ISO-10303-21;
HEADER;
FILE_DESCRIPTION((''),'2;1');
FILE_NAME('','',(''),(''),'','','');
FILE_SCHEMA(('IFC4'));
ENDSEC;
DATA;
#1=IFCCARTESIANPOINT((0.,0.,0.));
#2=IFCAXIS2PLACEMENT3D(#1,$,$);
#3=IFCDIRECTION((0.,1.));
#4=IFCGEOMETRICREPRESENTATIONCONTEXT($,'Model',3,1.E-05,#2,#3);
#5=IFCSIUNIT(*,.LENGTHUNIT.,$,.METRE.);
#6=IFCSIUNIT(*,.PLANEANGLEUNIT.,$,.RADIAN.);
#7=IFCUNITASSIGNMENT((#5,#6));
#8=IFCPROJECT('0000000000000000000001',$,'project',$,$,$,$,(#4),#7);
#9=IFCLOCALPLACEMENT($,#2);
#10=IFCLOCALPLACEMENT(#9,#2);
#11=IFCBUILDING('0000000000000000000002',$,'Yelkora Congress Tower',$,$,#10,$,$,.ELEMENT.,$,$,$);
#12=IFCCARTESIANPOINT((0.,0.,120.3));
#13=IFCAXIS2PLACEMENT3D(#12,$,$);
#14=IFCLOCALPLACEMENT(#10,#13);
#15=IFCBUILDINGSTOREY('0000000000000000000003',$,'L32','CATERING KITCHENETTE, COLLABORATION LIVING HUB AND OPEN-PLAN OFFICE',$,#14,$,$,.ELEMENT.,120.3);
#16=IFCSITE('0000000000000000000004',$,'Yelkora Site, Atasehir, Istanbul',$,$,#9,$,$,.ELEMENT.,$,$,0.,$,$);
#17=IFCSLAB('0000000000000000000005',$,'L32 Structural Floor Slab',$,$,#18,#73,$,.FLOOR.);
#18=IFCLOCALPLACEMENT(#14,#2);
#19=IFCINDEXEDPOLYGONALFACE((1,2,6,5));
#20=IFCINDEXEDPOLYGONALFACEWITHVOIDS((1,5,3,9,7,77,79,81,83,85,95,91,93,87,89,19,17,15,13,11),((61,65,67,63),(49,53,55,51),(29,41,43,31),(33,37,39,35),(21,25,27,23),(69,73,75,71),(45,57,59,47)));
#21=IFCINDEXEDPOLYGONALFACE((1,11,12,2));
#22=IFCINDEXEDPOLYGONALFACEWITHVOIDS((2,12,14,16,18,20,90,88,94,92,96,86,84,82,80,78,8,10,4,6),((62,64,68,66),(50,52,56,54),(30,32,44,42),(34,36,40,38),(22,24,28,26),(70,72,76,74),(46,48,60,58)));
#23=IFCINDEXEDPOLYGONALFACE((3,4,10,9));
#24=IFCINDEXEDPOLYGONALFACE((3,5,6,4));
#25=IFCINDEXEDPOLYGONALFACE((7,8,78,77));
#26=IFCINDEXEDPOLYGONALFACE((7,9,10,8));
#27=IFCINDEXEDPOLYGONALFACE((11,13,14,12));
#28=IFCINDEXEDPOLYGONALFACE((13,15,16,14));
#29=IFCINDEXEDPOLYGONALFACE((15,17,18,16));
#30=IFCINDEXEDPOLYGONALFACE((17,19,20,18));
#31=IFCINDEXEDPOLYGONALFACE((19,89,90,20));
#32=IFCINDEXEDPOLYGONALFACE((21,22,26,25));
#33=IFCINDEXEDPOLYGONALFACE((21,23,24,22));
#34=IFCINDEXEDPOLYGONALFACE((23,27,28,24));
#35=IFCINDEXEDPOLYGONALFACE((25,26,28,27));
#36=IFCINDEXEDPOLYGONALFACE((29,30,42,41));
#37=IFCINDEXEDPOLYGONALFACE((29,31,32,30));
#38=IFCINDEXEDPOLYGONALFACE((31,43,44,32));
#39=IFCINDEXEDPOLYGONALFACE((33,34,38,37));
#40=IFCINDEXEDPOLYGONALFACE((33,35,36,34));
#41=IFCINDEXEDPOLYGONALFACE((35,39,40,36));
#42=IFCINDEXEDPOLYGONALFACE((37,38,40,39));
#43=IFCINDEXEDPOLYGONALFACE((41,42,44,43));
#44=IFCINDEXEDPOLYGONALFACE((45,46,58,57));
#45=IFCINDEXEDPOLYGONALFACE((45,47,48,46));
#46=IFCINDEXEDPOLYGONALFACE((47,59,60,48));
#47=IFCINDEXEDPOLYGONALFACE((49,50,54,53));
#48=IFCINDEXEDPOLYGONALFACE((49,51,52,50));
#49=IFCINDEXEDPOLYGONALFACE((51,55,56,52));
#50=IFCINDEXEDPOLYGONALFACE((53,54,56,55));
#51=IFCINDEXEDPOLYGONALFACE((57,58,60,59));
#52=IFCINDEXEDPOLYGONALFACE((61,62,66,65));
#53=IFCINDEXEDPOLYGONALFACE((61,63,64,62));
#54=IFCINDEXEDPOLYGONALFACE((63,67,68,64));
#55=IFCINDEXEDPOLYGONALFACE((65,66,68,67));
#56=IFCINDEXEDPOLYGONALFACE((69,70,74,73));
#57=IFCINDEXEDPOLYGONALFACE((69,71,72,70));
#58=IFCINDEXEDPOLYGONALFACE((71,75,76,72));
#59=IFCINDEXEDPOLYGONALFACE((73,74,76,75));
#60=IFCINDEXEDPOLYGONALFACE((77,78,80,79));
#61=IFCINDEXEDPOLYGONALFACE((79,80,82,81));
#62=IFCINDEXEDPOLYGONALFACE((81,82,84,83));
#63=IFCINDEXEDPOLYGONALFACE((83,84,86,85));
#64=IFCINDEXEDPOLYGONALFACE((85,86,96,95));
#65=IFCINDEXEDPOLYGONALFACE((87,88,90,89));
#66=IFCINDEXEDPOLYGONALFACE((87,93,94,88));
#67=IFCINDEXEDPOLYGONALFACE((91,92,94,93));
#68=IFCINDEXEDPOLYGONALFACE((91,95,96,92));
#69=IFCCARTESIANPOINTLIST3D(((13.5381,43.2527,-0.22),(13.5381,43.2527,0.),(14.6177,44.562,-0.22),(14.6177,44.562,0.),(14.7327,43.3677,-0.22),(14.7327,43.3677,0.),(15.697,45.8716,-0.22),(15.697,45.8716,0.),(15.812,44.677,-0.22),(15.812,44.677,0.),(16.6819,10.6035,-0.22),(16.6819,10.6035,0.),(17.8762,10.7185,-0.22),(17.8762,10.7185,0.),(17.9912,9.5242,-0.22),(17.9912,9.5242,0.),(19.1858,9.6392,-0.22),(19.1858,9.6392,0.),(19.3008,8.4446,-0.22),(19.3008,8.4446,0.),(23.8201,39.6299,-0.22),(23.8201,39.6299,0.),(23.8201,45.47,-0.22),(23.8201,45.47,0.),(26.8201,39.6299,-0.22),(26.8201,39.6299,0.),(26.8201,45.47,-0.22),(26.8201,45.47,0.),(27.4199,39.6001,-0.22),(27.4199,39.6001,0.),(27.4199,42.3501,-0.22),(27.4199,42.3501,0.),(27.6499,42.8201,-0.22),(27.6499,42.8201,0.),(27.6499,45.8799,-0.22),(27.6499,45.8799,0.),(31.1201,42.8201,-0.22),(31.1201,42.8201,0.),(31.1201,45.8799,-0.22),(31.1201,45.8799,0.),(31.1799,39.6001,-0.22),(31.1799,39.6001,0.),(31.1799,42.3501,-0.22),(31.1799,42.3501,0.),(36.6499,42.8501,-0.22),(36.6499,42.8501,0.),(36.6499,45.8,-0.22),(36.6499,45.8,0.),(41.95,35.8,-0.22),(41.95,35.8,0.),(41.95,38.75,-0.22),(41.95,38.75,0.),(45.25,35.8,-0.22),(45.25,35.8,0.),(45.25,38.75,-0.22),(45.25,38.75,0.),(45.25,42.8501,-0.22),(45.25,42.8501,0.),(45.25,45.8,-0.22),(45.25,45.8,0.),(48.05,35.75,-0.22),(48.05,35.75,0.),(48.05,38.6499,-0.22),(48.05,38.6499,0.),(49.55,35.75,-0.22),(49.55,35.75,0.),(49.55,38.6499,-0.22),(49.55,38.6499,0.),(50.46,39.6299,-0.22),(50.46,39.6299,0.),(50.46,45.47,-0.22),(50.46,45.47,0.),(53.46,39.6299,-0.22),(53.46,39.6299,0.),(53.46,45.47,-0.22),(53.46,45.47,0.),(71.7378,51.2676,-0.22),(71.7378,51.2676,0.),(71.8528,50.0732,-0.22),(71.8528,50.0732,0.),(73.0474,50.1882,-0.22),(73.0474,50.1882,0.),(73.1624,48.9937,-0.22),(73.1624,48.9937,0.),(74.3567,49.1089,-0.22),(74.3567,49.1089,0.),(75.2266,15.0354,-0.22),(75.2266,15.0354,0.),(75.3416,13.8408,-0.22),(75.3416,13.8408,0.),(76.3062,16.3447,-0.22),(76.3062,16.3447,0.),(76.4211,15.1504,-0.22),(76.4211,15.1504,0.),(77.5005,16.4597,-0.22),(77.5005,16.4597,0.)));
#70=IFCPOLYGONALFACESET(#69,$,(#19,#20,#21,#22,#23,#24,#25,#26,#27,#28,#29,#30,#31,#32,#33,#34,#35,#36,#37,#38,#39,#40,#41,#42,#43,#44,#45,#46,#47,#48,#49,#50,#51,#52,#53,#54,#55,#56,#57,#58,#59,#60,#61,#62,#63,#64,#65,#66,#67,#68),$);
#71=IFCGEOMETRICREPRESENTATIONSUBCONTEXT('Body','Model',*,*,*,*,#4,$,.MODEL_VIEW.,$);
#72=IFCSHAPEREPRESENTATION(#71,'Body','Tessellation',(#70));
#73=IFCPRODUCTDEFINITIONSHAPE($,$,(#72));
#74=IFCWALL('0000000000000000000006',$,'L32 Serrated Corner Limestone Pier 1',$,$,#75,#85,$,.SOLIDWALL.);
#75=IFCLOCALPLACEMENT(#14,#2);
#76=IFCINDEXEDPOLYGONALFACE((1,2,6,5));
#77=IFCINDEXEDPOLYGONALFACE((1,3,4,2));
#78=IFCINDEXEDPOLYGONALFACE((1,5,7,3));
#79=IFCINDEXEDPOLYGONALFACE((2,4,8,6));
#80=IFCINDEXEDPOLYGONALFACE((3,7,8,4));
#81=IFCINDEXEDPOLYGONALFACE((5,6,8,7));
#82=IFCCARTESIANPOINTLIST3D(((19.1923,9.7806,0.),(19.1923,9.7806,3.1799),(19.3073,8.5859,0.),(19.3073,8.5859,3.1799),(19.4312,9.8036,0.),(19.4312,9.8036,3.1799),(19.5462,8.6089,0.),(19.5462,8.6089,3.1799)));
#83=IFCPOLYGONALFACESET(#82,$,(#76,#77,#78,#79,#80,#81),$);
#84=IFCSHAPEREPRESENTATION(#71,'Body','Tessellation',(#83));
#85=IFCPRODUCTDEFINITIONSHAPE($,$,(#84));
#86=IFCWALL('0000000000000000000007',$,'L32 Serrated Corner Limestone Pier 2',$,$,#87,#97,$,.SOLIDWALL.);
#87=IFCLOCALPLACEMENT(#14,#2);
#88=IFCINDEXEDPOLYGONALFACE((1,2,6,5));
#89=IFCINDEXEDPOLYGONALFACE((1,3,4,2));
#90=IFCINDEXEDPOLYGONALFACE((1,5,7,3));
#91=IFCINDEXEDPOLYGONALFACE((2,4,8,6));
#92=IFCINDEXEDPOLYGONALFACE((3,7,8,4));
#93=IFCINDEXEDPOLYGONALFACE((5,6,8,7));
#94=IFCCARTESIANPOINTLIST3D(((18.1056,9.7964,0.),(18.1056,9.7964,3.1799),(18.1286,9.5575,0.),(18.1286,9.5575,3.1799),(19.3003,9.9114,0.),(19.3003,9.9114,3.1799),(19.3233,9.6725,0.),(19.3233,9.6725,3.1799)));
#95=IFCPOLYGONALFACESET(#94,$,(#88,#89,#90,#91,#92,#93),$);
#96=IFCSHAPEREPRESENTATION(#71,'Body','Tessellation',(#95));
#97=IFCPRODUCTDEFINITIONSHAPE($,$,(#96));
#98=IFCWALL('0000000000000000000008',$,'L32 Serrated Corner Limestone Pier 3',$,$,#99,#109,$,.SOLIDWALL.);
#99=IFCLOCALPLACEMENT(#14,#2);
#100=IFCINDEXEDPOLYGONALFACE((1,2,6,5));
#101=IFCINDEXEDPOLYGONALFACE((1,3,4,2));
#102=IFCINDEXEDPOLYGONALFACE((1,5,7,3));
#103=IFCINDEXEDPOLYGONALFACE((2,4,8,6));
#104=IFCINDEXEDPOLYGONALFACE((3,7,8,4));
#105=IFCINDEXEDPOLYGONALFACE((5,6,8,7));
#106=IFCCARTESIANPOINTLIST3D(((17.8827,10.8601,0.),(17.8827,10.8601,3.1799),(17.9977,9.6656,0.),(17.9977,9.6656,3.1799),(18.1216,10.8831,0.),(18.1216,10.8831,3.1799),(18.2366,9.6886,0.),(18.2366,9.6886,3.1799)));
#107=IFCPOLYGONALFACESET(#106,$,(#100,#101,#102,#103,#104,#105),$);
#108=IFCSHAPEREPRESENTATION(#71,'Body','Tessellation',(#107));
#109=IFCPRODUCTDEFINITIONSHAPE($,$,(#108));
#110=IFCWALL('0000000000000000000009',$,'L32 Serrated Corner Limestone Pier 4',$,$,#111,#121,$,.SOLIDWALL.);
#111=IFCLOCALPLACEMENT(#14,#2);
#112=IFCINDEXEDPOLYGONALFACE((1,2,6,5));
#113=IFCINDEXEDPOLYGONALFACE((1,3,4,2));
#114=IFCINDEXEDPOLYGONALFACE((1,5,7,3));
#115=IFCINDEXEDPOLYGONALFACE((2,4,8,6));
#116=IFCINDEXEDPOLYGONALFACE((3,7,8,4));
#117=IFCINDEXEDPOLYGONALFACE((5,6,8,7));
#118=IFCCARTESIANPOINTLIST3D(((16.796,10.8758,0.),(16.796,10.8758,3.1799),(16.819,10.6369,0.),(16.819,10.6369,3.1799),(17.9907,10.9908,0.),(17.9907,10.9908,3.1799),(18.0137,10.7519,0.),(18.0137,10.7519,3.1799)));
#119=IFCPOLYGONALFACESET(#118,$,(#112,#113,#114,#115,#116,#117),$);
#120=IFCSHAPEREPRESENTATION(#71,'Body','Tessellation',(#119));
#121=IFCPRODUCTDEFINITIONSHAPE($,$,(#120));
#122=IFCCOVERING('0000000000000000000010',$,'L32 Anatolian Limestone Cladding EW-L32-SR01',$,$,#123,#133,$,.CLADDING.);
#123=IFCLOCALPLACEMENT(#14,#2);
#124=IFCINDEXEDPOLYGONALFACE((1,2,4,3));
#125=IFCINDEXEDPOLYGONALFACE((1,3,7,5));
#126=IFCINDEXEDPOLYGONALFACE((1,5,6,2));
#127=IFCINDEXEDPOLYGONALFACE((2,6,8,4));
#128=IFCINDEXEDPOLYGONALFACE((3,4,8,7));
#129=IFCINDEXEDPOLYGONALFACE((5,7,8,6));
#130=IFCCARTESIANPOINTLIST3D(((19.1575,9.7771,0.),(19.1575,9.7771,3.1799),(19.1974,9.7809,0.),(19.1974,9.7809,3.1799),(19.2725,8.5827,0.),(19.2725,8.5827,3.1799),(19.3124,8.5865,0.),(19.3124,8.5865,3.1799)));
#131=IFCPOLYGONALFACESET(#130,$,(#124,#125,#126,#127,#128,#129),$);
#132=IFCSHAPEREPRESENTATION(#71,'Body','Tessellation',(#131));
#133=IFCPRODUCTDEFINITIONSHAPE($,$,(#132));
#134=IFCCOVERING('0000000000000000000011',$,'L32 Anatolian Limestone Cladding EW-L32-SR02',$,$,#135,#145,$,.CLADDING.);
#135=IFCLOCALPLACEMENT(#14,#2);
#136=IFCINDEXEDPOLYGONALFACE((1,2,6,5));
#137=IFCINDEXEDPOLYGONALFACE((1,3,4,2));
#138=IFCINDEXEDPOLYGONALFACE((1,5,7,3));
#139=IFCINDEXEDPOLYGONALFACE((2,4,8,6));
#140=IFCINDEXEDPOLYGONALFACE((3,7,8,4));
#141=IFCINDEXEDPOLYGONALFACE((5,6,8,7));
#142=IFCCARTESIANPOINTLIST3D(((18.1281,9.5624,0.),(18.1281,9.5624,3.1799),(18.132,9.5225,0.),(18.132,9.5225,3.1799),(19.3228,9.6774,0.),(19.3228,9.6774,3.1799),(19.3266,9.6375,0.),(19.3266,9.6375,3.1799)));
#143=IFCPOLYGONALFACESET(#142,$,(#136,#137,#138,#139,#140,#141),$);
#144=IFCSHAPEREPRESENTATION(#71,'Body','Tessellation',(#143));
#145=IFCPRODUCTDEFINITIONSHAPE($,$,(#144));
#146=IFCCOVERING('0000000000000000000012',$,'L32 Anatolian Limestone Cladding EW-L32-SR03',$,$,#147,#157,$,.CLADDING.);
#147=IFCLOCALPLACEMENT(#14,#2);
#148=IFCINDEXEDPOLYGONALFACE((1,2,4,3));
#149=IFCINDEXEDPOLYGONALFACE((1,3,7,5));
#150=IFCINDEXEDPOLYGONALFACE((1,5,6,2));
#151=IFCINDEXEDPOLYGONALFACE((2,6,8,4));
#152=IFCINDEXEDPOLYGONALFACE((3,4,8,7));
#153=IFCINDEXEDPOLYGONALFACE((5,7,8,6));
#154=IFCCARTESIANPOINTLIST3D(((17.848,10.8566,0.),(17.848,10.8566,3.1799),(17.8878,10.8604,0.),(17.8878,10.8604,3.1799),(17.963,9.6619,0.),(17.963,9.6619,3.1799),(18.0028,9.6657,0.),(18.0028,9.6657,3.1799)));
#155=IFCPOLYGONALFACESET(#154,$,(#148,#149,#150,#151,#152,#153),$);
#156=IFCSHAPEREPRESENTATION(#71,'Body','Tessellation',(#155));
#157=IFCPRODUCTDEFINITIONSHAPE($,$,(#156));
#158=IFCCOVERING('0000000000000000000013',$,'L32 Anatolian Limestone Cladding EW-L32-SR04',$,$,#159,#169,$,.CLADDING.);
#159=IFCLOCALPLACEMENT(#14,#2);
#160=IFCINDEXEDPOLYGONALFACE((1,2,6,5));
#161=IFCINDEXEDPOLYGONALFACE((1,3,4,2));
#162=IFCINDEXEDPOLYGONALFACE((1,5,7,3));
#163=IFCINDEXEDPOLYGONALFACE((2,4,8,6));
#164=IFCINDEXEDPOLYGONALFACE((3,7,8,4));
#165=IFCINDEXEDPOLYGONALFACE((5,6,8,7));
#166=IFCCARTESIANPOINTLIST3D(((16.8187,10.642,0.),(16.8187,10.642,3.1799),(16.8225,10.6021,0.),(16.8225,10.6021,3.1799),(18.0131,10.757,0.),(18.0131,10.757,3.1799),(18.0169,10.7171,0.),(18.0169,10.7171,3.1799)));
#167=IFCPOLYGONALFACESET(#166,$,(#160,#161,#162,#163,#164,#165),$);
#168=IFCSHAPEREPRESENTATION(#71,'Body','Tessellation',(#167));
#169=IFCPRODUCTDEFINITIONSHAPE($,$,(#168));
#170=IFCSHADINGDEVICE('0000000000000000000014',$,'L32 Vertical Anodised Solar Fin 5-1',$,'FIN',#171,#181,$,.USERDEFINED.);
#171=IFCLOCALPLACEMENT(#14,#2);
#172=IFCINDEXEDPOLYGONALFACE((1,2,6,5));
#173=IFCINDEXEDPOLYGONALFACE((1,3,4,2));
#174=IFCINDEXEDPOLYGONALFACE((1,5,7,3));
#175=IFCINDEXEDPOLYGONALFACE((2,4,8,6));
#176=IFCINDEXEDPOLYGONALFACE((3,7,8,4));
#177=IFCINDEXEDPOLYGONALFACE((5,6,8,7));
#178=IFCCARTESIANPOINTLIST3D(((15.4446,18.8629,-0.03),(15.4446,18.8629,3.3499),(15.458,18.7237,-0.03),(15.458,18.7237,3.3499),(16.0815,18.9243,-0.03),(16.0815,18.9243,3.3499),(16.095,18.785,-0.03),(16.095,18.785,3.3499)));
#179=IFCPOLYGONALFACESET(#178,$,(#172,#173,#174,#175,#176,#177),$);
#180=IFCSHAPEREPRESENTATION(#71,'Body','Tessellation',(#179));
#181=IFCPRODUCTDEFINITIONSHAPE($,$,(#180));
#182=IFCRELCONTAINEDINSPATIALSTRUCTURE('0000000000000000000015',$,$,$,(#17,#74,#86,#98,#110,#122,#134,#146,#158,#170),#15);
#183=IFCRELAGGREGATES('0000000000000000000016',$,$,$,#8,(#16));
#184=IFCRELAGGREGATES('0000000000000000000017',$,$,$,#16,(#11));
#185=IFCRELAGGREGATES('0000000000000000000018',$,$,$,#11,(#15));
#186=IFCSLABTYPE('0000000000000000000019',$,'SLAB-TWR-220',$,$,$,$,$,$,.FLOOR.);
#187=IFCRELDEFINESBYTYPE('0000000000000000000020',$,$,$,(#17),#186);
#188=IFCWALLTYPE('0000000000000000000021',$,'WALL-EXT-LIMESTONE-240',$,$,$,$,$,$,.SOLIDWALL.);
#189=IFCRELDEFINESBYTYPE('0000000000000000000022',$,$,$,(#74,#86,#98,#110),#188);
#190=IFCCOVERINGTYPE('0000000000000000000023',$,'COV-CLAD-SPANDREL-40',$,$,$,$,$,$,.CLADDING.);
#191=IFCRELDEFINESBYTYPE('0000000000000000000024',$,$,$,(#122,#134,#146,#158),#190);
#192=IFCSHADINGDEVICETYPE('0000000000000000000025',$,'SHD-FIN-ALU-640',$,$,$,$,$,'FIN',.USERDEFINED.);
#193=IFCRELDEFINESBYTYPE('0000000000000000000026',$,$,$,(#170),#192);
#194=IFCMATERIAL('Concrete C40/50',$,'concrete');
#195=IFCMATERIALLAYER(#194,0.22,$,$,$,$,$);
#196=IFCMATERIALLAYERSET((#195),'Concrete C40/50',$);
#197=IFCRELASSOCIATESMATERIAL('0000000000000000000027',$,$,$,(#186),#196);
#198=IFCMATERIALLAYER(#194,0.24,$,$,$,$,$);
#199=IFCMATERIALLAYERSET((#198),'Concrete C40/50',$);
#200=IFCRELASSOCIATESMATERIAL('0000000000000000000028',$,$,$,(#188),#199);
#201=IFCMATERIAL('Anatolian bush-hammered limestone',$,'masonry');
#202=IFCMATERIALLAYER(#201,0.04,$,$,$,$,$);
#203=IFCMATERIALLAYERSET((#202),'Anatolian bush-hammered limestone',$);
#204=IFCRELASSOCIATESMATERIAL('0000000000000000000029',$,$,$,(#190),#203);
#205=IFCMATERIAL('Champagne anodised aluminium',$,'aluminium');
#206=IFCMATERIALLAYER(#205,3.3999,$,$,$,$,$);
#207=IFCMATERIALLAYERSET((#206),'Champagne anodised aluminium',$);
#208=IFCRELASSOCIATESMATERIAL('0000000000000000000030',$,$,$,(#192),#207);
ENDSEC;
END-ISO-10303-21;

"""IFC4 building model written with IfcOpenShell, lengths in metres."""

from ifc_helpers import new_model, si_unit, direction, frame, frame_2d, origin, origin_2d, place, context, subcontext, project, spatial, polyline, rectangle, outline, extrude, material, layer, layer_set, type_object, element, save


model = new_model("IFC4")

# Units and contexts
model_context = context("Model", 3, precision=1e-05, world=origin(), true_north=direction((0.0, 1.0)))
body_context = subcontext(model_context, "Body", "Model", "MODEL_VIEW")
ifc_project = project(units=[si_unit("LENGTHUNIT", "METRE"), si_unit("PLANEANGLEUNIT", "RADIAN")], contexts=[model_context])

# Site, building, storey
site_placement = place(None, origin())
site = spatial("IfcSite", under=ifc_project, at=site_placement, Name="Yelkora Site, Atasehir, Istanbul", CompositionType="ELEMENT", RefElevation=0.0)
building_placement = place(site_placement, origin())
building = spatial("IfcBuilding", under=site, at=building_placement, Name="Yelkora Congress Tower", CompositionType="ELEMENT")
storey_placement = place(building_placement, frame((0.0, 0.0, 120.3)))
storey = spatial("IfcBuildingStorey", under=building, at=storey_placement, Name="L32", Description="CATERING KITCHENETTE, COLLABORATION LIVING HUB AND OPEN-PLAN OFFICE", CompositionType="ELEMENT", Elevation=120.3)

# Shared definitions
ifc_material_1 = material(Name="Concrete C40/50", Category="concrete")

# Slab
ifc_layer_1 = layer(ifc_material_1, 0.22)
ifc_layer_set_1 = layer_set([ifc_layer_1], Name="Concrete C40/50")
slab_type_1 = type_object("IfcSlabType", Name="SLAB-TWR-220", PredefinedType="FLOOR", material=ifc_layer_set_1)
slab_1_placement = place(storey_placement, frame((0.0, 0.0, -0.22)))
element("IfcSlab", 1, at=slab_1_placement, inside=storey, type_object=slab_type_1, Name="L32 Structural Floor Slab", PredefinedType="FLOOR", context=body_context, shape_type="SweptSolid", body=[
    extrude(outline(polyline([(19.3008, 8.4446), (75.3416, 13.8408), (75.2266, 15.0354), (76.4211, 15.1504), (76.3062, 16.3447), (77.5005, 16.4597), (74.3567, 49.1089), (73.1624, 48.9937), (73.0474, 50.1882), (71.8528, 50.0732), (71.7378, 51.2676), (15.697, 45.8716), (15.812, 44.677), (14.6177, 44.562), (14.7327, 43.3677), (13.5381, 43.2527), (16.6819, 10.6035), (17.8762, 10.7185), (17.9912, 9.5242), (19.1858, 9.6392), (19.3008, 8.4446)]), holes=[polyline([(23.8201, 39.6299), (26.8201, 39.6299), (26.8201, 45.47), (23.8201, 45.47), (23.8201, 39.6299)]), polyline([(50.46, 39.6299), (53.46, 39.6299), (53.46, 45.47), (50.46, 45.47), (50.46, 39.6299)]), polyline([(48.05, 35.75), (49.55, 35.75), (49.55, 38.6499), (48.05, 38.6499), (48.05, 35.75)]), polyline([(36.6499, 42.8501), (45.25, 42.8501), (45.25, 45.8), (36.6499, 45.8), (36.6499, 42.8501)]), polyline([(41.95, 35.8), (45.25, 35.8), (45.25, 38.75), (41.95, 38.75), (41.95, 35.8)]), polyline([(27.4199, 39.6001), (31.1799, 39.6001), (31.1799, 42.3501), (27.4199, 42.3501), (27.4199, 39.6001)]), polyline([(27.6499, 42.8201), (31.1201, 42.8201), (31.1201, 45.8799), (27.6499, 45.8799), (27.6499, 42.8201)])]), origin(), (0.0, 0.0, 1.0), 0.22),
])

# Walls
ifc_layer_2 = layer(ifc_material_1, 0.24)
ifc_layer_set_2 = layer_set([ifc_layer_2], Name="Concrete C40/50")
wall_type = type_object("IfcWallType", Name="WALL-EXT-LIMESTONE-240", PredefinedType="SOLIDWALL", material=ifc_layer_set_2)
for number, where, z_axis, x_axis, name in (
    (2, (19.4268, 8.5974, 0.0), (0.0, 0.0, 1.0), (-0.095817, 0.995399, 0.0), "L32 Serrated Corner Limestone Pier 1"),
    (3, (19.3118, 9.792, 0.0), (0.0, 0.0, 1.0), (-0.995399, -0.095817, 0.0), "L32 Serrated Corner Limestone Pier 2"),
):
    element("IfcWall", number, at=place(storey_placement, frame(where, z_axis=z_axis, x_axis=x_axis)), inside=storey, type_object=wall_type, Name=name, PredefinedType="SOLIDWALL", context=body_context, shape_type="SweptSolid", body=[
        extrude(rectangle(XDim=1.2002, YDim=0.24, at=frame_2d((0.6001, 0.0))), origin(), (0.0, 0.0, 1.0), 3.1799),
    ])
wall_1_placement = place(storey_placement, frame((18.1172, 9.677, 0.0), z_axis=(0.0, 0.0, 1.0), x_axis=(-0.095836, 0.995397, 0.0)))
element("IfcWall", 4, at=wall_1_placement, inside=storey, type_object=wall_type, Name="L32 Serrated Corner Limestone Pier 3", PredefinedType="SOLIDWALL", context=body_context, shape_type="SweptSolid", body=[
    extrude(rectangle(XDim=1.2, YDim=0.24, at=frame_2d((0.6001, 0.0))), origin(), (0.0, 0.0, 1.0), 3.1799),
])
wall_2_placement = place(storey_placement, frame((18.0022, 10.8713, 0.0), z_axis=(0.0, 0.0, 1.0), x_axis=(-0.995399, -0.095817, 0.0)))
element("IfcWall", 5, at=wall_2_placement, inside=storey, type_object=wall_type, Name="L32 Serrated Corner Limestone Pier 4", PredefinedType="SOLIDWALL", context=body_context, shape_type="SweptSolid", body=[
    extrude(rectangle(XDim=1.2002, YDim=0.24, at=frame_2d((0.6001, 0.0))), origin(), (0.0, 0.0, 1.0), 3.1799),
])

# Coverings
ifc_material_2 = material(Name="Anatolian bush-hammered limestone", Category="masonry")
ifc_layer_3 = layer(ifc_material_2, 0.04)
ifc_layer_set_3 = layer_set([ifc_layer_3], Name="Anatolian bush-hammered limestone")
covering_type = type_object("IfcCoveringType", Name="COV-CLAD-SPANDREL-40", PredefinedType="CLADDING", material=ifc_layer_set_3)
covering_1_placement = place(storey_placement, frame((19.2925, 8.5845, 0.0), z_axis=(0.0, 0.0, 1.0), x_axis=(-0.095836, 0.995397, 0.0)))
element("IfcCovering", 6, at=covering_1_placement, inside=storey, type_object=covering_type, Name="L32 Anatolian Limestone Cladding EW-L32-SR01", PredefinedType="CLADDING", context=body_context, shape_type="SweptSolid", body=[
    extrude(rectangle(XDim=1.2, YDim=0.04, at=frame_2d((0.6001, 0.0))), origin(), (0.0, 0.0, 1.0), 3.1799),
])
for number, where, z_axis, x_axis, name in (
    (7, (19.3247, 9.6575, 0.0), (0.0, 0.0, 1.0), (-0.995399, -0.095817, 0.0), "L32 Anatolian Limestone Cladding EW-L32-SR02"),
    (8, (17.9829, 9.6638, 0.0), (0.0, 0.0, 1.0), (-0.095817, 0.995399, 0.0), "L32 Anatolian Limestone Cladding EW-L32-SR03"),
):
    element("IfcCovering", number, at=place(storey_placement, frame(where, z_axis=z_axis, x_axis=x_axis)), inside=storey, type_object=covering_type, Name=name, PredefinedType="CLADDING", context=body_context, shape_type="SweptSolid", body=[
        extrude(rectangle(XDim=1.2002, YDim=0.04, at=frame_2d((0.6001, 0.0))), origin(), (0.0, 0.0, 1.0), 3.1799),
    ])
covering_2_placement = place(storey_placement, frame((18.0151, 10.7371, 0.0), z_axis=(0.0, 0.0, 1.0), x_axis=(-0.995397, -0.095836, 0.0)))
element("IfcCovering", 9, at=covering_2_placement, inside=storey, type_object=covering_type, Name="L32 Anatolian Limestone Cladding EW-L32-SR04", PredefinedType="CLADDING", context=body_context, shape_type="SweptSolid", body=[
    extrude(rectangle(XDim=1.2, YDim=0.04, at=frame_2d((0.6001, 0.0))), origin(), (0.0, 0.0, 1.0), 3.1799),
])

# Shading device
ifc_material_3 = material(Name="Champagne anodised aluminium", Category="aluminium")
ifc_layer_4 = layer(ifc_material_3, 3.3999)
ifc_layer_set_4 = layer_set([ifc_layer_4], Name="Champagne anodised aluminium")
shading_device_type = type_object("IfcShadingDeviceType", Name="SHD-FIN-ALU-640", ElementType="FIN", PredefinedType="USERDEFINED", material=ifc_layer_set_4)
shading_device_placement = place(storey_placement, frame((15.7698, 18.824, -0.03), z_axis=(0.0, 0.0, 1.0), x_axis=(-0.095846, 0.995396, 0.0)))
element("IfcShadingDevice", 10, at=shading_device_placement, inside=storey, type_object=shading_device_type, Name="L32 Vertical Anodised Solar Fin 5-1", ObjectType="FIN", PredefinedType="USERDEFINED", context=body_context, shape_type="SweptSolid", body=[
    extrude(rectangle(XDim=0.1399, YDim=0.6399, at=origin_2d()), origin(), (0.0, 0.0, 1.0), 3.3799),
])

save(model, "model.ifc")
